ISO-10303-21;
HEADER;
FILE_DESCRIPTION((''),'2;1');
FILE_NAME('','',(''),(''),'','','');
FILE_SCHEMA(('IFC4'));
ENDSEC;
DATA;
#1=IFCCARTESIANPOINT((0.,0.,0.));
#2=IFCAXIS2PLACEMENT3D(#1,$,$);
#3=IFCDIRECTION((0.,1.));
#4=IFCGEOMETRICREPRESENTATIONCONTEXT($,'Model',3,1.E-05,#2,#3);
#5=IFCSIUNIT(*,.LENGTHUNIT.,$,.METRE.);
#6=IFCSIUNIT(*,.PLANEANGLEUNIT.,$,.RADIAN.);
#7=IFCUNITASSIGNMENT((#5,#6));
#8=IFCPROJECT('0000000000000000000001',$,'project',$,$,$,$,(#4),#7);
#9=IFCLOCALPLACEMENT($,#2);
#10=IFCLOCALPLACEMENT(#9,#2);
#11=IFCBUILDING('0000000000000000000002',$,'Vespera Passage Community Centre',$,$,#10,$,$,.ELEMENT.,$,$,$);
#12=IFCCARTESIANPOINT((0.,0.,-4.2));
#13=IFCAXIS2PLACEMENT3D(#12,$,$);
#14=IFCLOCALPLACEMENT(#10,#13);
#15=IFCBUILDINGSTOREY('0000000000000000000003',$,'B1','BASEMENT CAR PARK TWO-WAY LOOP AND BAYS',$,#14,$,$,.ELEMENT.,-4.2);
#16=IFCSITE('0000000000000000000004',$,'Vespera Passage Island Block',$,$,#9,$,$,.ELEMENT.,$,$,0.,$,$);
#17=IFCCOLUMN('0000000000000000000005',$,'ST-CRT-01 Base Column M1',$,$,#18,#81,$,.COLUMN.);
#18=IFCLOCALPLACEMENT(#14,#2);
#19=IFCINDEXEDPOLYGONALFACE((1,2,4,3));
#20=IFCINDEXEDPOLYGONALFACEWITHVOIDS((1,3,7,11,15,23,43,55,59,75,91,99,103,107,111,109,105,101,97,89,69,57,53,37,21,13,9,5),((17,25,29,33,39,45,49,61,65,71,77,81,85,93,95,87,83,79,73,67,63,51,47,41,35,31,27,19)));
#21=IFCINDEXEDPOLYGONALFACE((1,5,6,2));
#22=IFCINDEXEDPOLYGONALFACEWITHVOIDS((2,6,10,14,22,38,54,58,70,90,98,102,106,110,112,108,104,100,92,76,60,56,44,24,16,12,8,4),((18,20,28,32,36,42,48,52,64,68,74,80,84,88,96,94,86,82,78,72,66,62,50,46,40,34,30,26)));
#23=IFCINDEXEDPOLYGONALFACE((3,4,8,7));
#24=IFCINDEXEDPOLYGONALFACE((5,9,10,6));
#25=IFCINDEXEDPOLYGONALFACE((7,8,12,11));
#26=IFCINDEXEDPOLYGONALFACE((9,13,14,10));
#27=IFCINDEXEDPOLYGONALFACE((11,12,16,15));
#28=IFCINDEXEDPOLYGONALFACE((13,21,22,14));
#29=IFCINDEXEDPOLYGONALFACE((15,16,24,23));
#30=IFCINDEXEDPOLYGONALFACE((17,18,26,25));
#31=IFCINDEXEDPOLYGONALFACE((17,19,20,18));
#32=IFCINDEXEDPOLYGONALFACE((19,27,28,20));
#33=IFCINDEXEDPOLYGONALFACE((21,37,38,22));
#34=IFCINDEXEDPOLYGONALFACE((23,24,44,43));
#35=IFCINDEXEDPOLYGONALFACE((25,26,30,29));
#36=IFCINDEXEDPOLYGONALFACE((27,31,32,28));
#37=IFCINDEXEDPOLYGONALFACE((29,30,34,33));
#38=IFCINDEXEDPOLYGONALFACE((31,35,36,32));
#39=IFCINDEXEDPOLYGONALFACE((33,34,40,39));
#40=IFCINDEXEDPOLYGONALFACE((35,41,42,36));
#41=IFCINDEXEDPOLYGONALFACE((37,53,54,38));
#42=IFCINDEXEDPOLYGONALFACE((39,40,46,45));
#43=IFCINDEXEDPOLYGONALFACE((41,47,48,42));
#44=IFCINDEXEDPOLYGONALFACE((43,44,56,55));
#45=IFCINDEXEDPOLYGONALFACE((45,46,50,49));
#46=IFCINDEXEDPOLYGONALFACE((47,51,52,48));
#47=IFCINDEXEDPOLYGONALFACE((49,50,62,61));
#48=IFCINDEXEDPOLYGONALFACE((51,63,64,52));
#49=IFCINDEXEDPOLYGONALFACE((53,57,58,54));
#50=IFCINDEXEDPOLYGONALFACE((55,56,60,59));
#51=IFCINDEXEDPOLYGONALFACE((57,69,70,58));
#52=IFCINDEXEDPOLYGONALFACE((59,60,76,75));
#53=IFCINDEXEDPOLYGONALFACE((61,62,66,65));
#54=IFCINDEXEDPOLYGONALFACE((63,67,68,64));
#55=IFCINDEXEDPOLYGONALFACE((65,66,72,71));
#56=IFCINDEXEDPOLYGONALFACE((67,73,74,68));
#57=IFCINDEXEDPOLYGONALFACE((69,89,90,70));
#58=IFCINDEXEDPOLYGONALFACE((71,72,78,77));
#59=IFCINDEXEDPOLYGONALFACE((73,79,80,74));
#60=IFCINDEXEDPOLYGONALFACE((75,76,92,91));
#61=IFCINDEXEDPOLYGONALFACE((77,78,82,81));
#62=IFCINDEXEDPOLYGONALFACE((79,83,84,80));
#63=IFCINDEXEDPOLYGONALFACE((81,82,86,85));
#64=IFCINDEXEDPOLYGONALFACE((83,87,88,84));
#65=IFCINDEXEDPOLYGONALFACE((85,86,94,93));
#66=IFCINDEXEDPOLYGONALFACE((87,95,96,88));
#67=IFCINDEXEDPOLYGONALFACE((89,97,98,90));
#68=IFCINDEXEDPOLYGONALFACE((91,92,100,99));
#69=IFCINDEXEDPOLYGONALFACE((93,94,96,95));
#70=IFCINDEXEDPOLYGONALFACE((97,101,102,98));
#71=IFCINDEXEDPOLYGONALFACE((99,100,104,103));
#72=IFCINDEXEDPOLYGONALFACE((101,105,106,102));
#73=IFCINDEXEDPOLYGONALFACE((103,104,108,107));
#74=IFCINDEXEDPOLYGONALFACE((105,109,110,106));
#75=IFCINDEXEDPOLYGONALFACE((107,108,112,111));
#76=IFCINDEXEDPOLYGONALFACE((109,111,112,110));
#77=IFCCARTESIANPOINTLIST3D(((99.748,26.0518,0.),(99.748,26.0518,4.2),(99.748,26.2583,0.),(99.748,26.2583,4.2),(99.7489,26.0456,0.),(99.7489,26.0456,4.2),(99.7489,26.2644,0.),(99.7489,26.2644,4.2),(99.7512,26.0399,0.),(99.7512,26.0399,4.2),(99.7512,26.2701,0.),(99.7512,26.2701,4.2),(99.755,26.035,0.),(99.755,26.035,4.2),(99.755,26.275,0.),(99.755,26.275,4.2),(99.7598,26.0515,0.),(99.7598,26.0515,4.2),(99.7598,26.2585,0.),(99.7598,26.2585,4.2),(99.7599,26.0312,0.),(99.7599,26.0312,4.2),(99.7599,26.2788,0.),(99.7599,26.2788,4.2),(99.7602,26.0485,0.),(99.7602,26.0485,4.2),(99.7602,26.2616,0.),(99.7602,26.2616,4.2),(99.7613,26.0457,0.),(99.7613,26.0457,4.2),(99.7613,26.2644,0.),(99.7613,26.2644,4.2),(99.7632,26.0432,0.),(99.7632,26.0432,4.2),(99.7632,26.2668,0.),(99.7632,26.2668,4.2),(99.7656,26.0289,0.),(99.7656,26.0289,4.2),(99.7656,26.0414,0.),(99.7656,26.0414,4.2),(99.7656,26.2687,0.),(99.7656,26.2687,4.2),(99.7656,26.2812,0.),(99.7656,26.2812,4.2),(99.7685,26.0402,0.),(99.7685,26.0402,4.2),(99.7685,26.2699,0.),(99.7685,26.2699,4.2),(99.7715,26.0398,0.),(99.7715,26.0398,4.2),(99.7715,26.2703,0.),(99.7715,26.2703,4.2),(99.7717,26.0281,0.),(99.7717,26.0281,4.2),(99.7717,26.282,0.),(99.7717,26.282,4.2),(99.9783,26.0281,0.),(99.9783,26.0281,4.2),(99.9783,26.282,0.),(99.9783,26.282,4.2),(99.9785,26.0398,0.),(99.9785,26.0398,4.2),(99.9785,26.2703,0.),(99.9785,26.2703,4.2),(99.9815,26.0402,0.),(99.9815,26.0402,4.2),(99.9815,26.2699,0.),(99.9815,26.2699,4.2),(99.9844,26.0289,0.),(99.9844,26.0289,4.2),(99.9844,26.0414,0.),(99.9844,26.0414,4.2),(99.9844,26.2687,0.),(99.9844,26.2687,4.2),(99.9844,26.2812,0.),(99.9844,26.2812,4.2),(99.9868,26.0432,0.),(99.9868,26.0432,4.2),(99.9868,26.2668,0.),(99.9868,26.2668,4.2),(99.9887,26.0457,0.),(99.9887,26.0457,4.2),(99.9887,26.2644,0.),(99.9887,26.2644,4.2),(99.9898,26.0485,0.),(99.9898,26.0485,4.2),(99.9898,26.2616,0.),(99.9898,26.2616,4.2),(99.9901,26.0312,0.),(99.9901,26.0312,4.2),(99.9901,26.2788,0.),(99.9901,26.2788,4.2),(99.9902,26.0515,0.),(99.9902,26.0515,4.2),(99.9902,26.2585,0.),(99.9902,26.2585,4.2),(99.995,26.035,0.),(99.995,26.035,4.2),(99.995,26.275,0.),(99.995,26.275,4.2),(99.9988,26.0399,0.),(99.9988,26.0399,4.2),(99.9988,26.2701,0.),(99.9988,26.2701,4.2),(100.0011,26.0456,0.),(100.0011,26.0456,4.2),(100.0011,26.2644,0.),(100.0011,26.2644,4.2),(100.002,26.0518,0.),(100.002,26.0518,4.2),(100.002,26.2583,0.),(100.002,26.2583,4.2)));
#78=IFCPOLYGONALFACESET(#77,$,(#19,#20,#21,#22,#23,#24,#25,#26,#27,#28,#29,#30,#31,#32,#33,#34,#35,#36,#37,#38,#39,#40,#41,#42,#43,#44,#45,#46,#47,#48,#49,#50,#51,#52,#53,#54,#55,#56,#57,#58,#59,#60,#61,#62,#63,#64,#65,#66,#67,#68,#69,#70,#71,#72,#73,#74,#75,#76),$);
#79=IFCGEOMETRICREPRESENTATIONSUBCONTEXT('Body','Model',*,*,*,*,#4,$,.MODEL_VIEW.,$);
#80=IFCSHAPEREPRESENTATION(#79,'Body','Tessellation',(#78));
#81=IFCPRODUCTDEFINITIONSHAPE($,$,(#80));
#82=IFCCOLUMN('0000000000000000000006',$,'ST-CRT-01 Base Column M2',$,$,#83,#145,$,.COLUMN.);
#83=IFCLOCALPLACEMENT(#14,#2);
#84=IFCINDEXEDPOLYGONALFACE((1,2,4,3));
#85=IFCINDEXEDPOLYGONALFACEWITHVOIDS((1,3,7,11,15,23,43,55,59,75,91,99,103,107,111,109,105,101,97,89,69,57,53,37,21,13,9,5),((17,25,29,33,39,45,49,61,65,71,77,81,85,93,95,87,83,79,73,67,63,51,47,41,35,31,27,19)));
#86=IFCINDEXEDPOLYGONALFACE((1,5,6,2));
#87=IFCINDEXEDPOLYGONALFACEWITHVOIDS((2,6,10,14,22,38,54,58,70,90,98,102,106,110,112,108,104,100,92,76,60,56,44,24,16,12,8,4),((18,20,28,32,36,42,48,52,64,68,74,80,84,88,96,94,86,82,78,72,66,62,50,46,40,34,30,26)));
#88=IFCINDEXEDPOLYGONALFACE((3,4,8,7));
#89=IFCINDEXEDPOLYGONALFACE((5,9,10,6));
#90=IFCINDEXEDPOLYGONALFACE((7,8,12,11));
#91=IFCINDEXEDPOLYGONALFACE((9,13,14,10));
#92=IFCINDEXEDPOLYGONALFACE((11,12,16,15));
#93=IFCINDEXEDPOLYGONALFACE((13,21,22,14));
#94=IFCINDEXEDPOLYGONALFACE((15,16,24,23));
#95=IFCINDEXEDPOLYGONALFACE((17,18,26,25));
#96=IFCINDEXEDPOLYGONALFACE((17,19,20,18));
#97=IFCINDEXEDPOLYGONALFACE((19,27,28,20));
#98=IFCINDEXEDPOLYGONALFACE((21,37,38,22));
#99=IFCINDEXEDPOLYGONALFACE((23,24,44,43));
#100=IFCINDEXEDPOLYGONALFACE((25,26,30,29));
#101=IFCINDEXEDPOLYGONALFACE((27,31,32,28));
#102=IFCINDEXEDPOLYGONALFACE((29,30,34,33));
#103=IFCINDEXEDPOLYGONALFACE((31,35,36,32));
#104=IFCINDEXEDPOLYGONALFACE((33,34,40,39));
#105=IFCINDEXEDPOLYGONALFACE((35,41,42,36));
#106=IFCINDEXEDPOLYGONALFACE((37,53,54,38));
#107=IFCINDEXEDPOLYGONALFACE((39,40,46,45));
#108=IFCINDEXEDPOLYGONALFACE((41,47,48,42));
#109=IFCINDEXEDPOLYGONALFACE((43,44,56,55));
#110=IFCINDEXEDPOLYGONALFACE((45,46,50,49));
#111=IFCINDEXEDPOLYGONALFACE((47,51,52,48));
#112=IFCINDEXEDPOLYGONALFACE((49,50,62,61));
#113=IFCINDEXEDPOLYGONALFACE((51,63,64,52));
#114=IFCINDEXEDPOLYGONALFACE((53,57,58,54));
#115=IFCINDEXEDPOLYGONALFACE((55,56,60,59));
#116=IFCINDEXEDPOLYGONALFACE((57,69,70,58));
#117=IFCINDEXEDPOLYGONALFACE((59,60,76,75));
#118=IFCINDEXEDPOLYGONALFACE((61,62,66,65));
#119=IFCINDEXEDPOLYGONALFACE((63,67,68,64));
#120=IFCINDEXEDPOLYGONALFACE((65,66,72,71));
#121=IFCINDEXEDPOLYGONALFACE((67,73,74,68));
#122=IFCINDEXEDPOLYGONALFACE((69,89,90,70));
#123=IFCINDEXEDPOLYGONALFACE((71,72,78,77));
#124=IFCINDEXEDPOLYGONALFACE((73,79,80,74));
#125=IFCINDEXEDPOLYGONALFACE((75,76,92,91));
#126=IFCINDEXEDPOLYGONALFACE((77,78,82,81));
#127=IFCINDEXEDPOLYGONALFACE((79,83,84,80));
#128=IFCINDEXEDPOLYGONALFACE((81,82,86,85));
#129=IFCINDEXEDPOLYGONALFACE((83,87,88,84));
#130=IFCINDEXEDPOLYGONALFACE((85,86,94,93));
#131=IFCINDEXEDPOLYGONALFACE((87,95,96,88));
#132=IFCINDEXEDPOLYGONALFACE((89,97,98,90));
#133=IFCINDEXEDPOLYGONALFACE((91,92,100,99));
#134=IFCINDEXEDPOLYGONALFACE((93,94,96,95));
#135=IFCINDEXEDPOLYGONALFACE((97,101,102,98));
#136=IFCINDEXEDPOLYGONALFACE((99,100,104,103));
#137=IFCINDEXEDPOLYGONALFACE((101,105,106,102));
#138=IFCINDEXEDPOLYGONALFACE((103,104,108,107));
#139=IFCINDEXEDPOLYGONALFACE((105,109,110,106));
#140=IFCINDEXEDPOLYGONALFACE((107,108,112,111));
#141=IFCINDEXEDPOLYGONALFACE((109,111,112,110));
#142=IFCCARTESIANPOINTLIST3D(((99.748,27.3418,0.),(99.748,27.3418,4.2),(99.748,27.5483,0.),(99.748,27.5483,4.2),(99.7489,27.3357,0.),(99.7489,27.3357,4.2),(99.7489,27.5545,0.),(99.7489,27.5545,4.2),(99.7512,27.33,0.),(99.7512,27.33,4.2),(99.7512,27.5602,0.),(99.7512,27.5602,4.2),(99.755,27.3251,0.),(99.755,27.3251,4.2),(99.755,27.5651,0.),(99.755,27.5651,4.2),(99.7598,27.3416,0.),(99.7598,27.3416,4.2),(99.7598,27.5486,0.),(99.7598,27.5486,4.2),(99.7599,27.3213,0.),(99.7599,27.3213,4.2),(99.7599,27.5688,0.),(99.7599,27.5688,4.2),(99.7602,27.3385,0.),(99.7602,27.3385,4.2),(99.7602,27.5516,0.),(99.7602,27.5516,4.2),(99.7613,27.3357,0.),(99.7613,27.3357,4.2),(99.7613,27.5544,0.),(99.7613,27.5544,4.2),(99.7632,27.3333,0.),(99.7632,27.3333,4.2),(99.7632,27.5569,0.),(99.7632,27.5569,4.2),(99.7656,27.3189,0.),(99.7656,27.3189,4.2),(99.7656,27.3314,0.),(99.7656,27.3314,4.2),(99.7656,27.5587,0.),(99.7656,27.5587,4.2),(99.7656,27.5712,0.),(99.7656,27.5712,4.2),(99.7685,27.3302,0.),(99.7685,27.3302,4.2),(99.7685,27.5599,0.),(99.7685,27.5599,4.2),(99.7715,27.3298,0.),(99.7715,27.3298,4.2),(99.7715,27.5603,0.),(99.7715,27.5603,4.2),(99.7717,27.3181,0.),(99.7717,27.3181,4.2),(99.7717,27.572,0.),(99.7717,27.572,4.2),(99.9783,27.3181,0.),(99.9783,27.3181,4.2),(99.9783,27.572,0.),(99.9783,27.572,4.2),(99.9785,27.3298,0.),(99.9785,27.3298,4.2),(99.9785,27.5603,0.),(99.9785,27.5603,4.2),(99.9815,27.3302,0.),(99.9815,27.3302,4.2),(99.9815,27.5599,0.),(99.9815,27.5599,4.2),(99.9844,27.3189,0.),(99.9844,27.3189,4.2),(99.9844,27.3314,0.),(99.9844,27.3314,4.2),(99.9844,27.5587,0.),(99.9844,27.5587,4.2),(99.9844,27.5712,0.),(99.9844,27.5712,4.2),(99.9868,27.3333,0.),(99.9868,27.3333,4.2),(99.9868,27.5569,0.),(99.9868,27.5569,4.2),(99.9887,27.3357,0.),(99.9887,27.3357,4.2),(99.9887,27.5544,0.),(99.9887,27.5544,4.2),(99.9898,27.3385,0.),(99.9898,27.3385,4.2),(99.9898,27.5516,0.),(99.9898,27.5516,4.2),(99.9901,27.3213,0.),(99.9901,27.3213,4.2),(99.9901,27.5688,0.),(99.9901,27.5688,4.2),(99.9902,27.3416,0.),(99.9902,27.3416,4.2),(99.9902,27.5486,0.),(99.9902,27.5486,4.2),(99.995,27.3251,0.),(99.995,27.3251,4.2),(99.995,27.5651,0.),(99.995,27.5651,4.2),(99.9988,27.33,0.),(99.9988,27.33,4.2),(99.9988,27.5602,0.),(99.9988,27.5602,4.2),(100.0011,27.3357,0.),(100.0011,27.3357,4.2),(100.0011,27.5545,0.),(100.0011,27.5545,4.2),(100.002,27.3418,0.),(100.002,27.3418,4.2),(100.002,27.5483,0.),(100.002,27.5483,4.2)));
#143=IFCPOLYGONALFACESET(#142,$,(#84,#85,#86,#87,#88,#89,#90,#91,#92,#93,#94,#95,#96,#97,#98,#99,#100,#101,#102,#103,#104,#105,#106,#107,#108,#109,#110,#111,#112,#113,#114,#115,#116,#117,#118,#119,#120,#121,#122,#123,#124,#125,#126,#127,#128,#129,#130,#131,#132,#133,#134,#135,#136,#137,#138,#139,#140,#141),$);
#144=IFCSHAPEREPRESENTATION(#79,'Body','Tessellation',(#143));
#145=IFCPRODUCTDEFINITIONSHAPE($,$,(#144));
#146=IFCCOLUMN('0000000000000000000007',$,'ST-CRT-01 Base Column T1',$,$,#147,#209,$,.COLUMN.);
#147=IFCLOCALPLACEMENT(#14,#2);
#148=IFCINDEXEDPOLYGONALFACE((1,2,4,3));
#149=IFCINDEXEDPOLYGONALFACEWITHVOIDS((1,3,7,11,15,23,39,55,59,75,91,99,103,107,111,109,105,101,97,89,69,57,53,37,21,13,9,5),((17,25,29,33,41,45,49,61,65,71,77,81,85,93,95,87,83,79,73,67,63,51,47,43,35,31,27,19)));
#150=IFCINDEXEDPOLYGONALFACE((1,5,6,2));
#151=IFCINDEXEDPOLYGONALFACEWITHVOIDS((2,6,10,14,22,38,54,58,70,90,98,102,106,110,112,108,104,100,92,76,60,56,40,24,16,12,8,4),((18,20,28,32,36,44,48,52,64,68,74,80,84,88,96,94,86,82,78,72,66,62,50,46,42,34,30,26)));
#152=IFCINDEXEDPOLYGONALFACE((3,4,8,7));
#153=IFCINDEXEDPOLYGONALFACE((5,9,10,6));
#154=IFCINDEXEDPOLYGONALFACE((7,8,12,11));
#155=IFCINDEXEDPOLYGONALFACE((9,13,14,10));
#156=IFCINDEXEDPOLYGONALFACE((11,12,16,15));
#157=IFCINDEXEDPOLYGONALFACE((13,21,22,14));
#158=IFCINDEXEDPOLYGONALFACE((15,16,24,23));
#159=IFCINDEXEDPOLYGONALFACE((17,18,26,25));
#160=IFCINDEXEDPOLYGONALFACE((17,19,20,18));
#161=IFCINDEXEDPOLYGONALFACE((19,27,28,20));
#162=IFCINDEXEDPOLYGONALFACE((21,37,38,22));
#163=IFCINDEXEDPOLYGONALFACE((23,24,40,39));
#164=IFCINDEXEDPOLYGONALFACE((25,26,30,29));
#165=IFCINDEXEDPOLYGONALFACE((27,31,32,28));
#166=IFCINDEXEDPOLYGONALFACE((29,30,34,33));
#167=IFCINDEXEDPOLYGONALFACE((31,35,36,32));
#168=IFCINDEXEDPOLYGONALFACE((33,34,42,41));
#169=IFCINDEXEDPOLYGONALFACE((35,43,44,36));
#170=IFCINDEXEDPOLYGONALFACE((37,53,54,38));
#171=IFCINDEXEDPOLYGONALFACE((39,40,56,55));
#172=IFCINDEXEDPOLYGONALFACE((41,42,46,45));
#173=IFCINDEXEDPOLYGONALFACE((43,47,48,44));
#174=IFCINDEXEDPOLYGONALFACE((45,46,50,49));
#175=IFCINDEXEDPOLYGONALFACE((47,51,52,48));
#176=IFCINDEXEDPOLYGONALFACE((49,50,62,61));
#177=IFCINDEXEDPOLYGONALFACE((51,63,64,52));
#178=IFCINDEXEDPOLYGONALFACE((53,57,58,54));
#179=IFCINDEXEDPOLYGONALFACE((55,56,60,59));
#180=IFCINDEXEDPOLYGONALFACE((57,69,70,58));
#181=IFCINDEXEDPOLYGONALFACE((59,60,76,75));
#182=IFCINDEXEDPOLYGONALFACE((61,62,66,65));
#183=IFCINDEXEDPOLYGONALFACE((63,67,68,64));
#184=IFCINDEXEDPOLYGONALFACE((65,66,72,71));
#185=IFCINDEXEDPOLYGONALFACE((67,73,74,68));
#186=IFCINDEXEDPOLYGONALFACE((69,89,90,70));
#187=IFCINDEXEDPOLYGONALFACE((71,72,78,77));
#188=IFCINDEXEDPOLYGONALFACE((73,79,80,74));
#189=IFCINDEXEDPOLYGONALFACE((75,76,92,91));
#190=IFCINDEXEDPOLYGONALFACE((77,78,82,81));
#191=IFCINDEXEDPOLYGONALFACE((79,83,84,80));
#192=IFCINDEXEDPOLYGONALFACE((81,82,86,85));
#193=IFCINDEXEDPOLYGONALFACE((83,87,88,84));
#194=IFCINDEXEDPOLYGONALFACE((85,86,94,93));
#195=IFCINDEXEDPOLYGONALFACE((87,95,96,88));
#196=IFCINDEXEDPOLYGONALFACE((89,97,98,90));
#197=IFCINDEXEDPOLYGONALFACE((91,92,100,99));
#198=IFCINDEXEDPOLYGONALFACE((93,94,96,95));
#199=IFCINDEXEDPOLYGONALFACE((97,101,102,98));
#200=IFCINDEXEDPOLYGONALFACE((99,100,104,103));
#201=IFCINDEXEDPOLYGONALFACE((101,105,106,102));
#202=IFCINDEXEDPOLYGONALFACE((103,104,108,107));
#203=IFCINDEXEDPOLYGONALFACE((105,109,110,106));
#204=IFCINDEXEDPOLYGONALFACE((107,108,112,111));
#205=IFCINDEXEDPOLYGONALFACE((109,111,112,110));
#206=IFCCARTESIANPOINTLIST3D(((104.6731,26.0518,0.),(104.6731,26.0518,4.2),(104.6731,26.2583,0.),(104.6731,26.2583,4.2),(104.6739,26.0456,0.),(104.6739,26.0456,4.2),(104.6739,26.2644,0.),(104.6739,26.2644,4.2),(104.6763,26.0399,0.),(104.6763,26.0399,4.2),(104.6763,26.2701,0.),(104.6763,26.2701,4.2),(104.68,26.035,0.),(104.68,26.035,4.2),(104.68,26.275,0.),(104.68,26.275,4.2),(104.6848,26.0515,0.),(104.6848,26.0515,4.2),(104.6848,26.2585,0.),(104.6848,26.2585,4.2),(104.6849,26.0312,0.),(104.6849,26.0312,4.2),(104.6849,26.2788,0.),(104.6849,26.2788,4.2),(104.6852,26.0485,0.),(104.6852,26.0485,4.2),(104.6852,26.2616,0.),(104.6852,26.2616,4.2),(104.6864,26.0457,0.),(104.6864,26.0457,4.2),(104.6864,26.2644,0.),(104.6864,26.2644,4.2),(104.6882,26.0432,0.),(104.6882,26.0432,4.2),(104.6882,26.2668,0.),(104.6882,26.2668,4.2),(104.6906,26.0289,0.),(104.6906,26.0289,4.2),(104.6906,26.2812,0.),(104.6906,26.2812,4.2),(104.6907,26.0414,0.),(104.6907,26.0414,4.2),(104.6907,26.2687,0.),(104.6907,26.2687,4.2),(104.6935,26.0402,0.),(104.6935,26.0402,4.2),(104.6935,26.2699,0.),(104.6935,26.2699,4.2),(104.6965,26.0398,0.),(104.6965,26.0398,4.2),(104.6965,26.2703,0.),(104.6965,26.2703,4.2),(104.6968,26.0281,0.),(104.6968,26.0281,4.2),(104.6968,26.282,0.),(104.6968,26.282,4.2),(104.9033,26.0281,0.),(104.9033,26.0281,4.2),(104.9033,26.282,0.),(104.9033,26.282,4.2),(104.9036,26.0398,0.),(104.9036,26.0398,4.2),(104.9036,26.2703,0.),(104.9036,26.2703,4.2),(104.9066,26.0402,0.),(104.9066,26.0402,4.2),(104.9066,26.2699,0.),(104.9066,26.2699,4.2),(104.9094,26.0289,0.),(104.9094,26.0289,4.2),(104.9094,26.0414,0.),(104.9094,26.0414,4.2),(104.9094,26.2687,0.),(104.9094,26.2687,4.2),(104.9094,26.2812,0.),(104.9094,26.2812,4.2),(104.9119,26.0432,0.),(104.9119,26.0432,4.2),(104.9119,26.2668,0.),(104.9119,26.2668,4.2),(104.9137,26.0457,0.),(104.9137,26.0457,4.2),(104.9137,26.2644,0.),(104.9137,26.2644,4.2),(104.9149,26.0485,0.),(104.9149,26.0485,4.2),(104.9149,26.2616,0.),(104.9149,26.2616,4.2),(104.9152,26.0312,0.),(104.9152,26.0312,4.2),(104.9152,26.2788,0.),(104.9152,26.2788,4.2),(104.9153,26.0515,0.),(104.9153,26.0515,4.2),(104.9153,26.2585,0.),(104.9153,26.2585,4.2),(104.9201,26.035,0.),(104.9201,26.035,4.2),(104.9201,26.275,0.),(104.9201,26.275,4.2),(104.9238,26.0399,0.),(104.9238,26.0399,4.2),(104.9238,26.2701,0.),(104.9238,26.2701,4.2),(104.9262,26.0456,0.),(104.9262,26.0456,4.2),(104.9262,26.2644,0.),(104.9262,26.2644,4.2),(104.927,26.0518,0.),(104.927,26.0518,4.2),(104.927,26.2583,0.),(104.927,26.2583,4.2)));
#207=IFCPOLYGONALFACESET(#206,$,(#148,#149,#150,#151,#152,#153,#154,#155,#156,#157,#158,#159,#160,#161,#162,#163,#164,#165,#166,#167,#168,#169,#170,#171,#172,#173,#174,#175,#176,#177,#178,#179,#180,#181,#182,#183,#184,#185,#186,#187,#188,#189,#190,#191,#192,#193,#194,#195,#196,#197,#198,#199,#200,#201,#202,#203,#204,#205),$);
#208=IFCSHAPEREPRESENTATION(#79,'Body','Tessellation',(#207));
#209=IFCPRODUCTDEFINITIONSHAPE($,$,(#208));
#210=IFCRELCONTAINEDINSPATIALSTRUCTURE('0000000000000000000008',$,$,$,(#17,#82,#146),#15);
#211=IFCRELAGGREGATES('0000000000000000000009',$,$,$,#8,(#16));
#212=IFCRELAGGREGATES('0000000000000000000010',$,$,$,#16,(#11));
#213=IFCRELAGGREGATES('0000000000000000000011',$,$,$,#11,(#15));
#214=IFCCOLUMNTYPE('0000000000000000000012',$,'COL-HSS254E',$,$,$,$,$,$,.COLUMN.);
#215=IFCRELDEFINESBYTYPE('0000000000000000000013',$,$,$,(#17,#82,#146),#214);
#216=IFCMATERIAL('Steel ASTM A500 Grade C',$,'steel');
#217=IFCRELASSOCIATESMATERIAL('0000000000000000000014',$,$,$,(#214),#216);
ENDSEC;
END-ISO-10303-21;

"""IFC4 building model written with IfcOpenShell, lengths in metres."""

from ifc_helpers import new_model, si_unit, direction, frame, origin, origin_2d, place, context, subcontext, project, spatial, hollow_rectangle, extrude, material, material_profile, profile_set, type_object, element, save


model = new_model("IFC4")

# Units and contexts
model_context = context("Model", 3, precision=1e-05, world=origin(), true_north=direction((0.0, 1.0)))
body_context = subcontext(model_context, "Body", "Model", "MODEL_VIEW")
ifc_project = project(units=[si_unit("LENGTHUNIT", "METRE"), si_unit("PLANEANGLEUNIT", "RADIAN")], contexts=[model_context])

# Site, building, storey
site_placement = place(None, origin())
site = spatial("IfcSite", under=ifc_project, at=site_placement, Name="Vespera Passage Island Block", CompositionType="ELEMENT", RefElevation=0.0)
building_placement = place(site_placement, origin())
building = spatial("IfcBuilding", under=site, at=building_placement, Name="Vespera Passage Community Centre", CompositionType="ELEMENT")
storey_placement = place(building_placement, frame((0.0, 0.0, -4.2)))
storey = spatial("IfcBuildingStorey", under=building, at=storey_placement, Name="B1", Description="BASEMENT CAR PARK TWO-WAY LOOP AND BAYS", CompositionType="ELEMENT", Elevation=-4.2)

# Columns
ifc_material_1 = material(Name="Steel ASTM A500 Grade C", Category="steel")
ifc_material_profile_1 = material_profile(ifc_material_1, hollow_rectangle(XDim=0.2539, YDim=0.2539, WallThickness=0.0117, InnerFilletRadius=0.0117, OuterFilletRadius=0.0237, at=origin_2d()), Name="HSS254X254X12.7")
ifc_profile_set_1 = profile_set([ifc_material_profile_1], Name="Steel ASTM A500 Grade C")
column_type_1 = type_object("IfcColumnType", Name="COL-HSS254E", PredefinedType="COLUMN", material=ifc_profile_set_1)
for number, where, z_axis, x_axis, name in (
    (1, (99.875, 26.155, 0.0), (0.0, 0.0, 1.0), (1.0, 0.0, 0.0), "ST-CRT-01 Base Column M1"),
    (2, (99.875, 27.4451, 0.0), (0.0, 0.0, 1.0), (1.0, 0.0, 0.0), "ST-CRT-01 Base Column M2"),
    (3, (104.8, 26.155, 0.0), (0.0, 0.0, 1.0), (1.0, 0.0, 0.0), "ST-CRT-01 Base Column T1"),
):
    element("IfcColumn", number, at=place(storey_placement, frame(where, z_axis=z_axis, x_axis=x_axis)), inside=storey, type_object=column_type_1, Name=name, PredefinedType="COLUMN", context=body_context, shape_type="SweptSolid", body=[
        extrude(hollow_rectangle(XDim=0.2539, YDim=0.2539, WallThickness=0.0117, InnerFilletRadius=0.0117, OuterFilletRadius=0.0237, at=origin_2d()), origin(), (0.0, 0.0, 1.0), 4.2),
    ])

save(model, "model.ifc")
